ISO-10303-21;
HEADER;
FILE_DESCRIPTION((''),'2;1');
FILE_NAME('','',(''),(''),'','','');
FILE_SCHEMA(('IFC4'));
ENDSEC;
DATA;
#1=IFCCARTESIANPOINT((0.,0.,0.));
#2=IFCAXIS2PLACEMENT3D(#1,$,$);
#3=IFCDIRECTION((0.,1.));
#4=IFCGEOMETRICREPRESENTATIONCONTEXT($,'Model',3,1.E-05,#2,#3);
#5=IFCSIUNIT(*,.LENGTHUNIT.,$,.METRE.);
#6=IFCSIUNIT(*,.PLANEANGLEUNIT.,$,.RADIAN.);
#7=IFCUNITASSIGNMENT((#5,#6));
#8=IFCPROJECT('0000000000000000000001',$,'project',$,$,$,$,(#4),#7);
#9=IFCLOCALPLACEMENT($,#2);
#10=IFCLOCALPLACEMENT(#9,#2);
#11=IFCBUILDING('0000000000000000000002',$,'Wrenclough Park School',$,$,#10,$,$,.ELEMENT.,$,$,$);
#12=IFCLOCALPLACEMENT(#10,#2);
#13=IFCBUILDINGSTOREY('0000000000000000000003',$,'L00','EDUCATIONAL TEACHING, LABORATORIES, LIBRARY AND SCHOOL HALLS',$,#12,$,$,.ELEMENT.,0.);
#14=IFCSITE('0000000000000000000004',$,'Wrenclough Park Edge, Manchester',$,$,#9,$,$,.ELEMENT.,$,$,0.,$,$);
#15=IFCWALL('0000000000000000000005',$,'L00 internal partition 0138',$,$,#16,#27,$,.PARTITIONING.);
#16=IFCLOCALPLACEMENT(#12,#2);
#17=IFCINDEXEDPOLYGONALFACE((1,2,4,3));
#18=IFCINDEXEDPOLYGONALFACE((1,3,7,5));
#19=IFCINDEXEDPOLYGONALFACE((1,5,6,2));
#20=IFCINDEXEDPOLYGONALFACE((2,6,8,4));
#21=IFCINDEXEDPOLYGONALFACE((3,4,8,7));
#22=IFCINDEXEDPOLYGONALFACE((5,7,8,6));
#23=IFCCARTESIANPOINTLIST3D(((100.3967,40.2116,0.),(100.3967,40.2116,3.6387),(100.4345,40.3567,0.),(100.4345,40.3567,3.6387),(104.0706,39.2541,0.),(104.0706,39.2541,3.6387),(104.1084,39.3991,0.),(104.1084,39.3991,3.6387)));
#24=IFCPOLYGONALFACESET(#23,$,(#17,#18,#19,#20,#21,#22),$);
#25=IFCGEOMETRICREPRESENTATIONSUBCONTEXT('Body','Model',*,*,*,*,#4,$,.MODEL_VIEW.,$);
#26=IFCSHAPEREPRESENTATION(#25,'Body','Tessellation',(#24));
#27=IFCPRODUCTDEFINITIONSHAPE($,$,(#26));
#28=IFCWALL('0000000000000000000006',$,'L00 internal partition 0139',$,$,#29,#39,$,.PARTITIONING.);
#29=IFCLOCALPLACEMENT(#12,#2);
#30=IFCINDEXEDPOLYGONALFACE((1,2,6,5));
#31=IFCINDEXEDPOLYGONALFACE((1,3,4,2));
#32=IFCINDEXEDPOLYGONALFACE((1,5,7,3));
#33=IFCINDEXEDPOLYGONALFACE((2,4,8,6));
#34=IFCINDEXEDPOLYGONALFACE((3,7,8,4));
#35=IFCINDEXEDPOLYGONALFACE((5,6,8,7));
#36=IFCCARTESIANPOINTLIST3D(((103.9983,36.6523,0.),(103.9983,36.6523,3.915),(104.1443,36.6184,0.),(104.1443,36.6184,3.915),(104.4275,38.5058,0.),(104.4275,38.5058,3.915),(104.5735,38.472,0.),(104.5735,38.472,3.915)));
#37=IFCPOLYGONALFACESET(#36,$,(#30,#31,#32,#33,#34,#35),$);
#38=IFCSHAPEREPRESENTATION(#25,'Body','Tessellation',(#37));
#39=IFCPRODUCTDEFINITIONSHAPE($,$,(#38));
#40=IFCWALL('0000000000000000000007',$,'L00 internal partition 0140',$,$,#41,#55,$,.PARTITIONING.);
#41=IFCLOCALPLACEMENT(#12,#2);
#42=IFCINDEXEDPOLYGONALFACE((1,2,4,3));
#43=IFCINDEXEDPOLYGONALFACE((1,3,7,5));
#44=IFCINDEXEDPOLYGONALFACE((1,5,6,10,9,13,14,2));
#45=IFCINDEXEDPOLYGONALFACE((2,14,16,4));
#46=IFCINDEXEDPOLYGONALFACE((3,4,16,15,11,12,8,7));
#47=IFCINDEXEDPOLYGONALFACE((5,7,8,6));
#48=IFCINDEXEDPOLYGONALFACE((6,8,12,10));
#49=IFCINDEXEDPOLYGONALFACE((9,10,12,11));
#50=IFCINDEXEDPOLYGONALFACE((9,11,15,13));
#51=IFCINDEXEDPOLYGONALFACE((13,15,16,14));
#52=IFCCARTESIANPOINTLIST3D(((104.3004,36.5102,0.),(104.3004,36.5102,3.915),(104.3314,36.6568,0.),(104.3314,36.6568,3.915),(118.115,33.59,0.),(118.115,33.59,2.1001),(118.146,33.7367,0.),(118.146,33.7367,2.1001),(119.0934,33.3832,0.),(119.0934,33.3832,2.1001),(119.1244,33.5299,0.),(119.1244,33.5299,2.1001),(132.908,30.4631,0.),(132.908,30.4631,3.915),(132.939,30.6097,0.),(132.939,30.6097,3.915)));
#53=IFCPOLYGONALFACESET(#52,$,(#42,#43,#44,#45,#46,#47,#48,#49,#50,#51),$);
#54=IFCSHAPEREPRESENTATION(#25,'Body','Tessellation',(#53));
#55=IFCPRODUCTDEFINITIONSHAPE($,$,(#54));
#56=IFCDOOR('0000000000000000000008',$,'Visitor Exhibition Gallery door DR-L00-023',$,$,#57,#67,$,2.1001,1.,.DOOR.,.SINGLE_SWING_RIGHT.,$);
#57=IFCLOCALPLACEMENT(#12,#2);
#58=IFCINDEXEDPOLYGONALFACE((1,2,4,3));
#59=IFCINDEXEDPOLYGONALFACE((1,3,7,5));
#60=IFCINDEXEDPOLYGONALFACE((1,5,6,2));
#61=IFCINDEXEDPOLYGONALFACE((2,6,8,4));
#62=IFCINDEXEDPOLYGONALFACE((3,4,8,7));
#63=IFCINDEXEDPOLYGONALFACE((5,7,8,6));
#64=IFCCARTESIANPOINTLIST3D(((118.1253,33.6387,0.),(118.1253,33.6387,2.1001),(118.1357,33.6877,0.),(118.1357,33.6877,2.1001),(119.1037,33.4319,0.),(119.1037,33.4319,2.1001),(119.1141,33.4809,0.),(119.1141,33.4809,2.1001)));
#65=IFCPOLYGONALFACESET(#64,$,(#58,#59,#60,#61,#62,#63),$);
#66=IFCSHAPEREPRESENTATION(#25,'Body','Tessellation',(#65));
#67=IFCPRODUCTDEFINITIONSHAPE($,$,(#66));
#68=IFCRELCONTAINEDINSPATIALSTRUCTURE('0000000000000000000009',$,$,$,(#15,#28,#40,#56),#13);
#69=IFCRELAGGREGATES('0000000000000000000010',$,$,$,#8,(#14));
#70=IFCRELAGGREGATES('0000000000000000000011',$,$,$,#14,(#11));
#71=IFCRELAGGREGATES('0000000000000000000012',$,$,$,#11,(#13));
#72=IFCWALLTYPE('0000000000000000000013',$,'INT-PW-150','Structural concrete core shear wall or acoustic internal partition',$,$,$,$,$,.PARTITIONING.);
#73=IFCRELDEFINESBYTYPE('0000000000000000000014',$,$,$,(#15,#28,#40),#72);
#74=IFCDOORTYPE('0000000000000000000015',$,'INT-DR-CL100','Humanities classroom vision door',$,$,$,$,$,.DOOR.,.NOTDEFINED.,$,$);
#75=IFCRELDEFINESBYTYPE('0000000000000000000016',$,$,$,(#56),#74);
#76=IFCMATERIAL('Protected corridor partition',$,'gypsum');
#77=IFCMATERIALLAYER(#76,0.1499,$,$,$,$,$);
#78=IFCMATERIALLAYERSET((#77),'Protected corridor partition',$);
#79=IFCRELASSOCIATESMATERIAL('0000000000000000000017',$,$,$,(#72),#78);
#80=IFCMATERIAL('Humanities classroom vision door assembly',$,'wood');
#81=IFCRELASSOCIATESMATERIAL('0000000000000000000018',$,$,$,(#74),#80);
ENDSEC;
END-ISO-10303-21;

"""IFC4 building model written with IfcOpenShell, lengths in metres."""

from ifc_helpers import new_model, si_unit, direction, frame, frame_2d, origin, place, context, subcontext, project, spatial, rectangle, extrude, material, layer, layer_set, type_object, element, fill, save


model = new_model("IFC4")

# Units and contexts
model_context = context("Model", 3, precision=1e-05, world=origin(), true_north=direction((0.0, 1.0)))
body_context = subcontext(model_context, "Body", "Model", "MODEL_VIEW")
ifc_project = project(units=[si_unit("LENGTHUNIT", "METRE"), si_unit("PLANEANGLEUNIT", "RADIAN")], contexts=[model_context])

# Site, building, storey
site_placement = place(None, origin())
site = spatial("IfcSite", under=ifc_project, at=site_placement, Name="Wrenclough Park Edge, Manchester", CompositionType="ELEMENT", RefElevation=0.0)
building_placement = place(site_placement, origin())
building = spatial("IfcBuilding", under=site, at=building_placement, Name="Wrenclough Park School", CompositionType="ELEMENT")
storey_placement = place(building_placement, origin())
storey = spatial("IfcBuildingStorey", under=building, at=storey_placement, Name="L00", Description="EDUCATIONAL TEACHING, LABORATORIES, LIBRARY AND SCHOOL HALLS", CompositionType="ELEMENT", Elevation=0.0)

# Walls
ifc_material_1 = material(Name="Protected corridor partition", Category="gypsum")
ifc_layer_1 = layer(ifc_material_1, 0.1499)
ifc_layer_set_1 = layer_set([ifc_layer_1], Name="Protected corridor partition")
wall_type_1 = type_object("IfcWallType", Name="INT-PW-150", Description="Structural concrete core shear wall or acoustic internal partition", PredefinedType="PARTITIONING", material=ifc_layer_set_1)
wall_1_placement = place(storey_placement, frame((100.4155, 40.2842, 0.0), z_axis=(0.0, 0.0, 1.0), x_axis=(0.967673, -0.252207, 0.0)))
element("IfcWall", 1, at=wall_1_placement, inside=storey, type_object=wall_type_1, Name="L00 internal partition 0138", PredefinedType="PARTITIONING", context=body_context, shape_type="SweptSolid", body=[
    extrude(rectangle(XDim=3.7966, YDim=0.1499, at=frame_2d((1.8984, 0.0))), origin(), (0.0, 0.0, 1.0), 3.6387),
])
wall_2_placement = place(storey_placement, frame((104.5005, 38.4888, 0.0), z_axis=(0.0, 0.0, 1.0), x_axis=(-0.22559, -0.974222, 0.0)))
element("IfcWall", 2, at=wall_2_placement, inside=storey, type_object=wall_type_1, Name="L00 internal partition 0139", PredefinedType="PARTITIONING", context=body_context, shape_type="SweptSolid", body=[
    extrude(rectangle(XDim=1.9026, YDim=0.1499, at=frame_2d((0.9512, 0.0))), origin(), (0.0, 0.0, 1.0), 3.915),
])

# Wall, opening, door
wall_3_placement = place(storey_placement, frame((104.3159, 36.5835, 0.0), z_axis=(0.0, 0.0, 1.0), x_axis=(0.978381, -0.206811, 0.0)))
wall_3 = element("IfcWall", 3, at=wall_3_placement, inside=storey, type_object=wall_type_1, Name="L00 internal partition 0140", PredefinedType="PARTITIONING", context=body_context, shape_type="SweptSolid", body=[
    extrude(rectangle(XDim=29.2397, YDim=0.1499, at=frame_2d((14.6199, 0.0))), origin(), (0.0, 0.0, 1.0), 3.915),
])
opening_1_placement = place(wall_3_placement, frame((14.1199, 0.0, 0.0)))
opening_1 = element("IfcOpeningElement", 4, at=opening_1_placement, cuts=wall_3, PredefinedType="OPENING", context=body_context, shape_type="SweptSolid", body=[
    extrude(rectangle(XDim=1.0, YDim=2.1001, at=frame_2d((0.5, 1.05))), frame((0.0, 0.085, 0.0), z_axis=(0.0, -1.0, 0.0), x_axis=(1.0, 0.0, 0.0)), (0.0, 0.0, 1.0), 0.1699),
])
ifc_material_2 = material(Name="Humanities classroom vision door assembly", Category="wood")
door_type_1 = type_object("IfcDoorType", Name="INT-DR-CL100", Description="Humanities classroom vision door", OperationType="NOTDEFINED", PredefinedType="DOOR", material=ifc_material_2)
door_1_placement = place(opening_1_placement, origin())
door_1 = element("IfcDoor", 5, at=door_1_placement, inside=storey, type_object=door_type_1, Name="Visitor Exhibition Gallery door DR-L00-023", OperationType="SINGLE_SWING_RIGHT", OverallHeight=2.1001, OverallWidth=1.0, PredefinedType="DOOR", context=body_context, shape_type="SweptSolid", body=[
    extrude(rectangle(XDim=1.0, YDim=2.1001, at=frame_2d((0.5, 1.05))), frame((0.0, 0.0249, 0.0), z_axis=(0.0, -1.0, 0.0), x_axis=(1.0, 0.0, 0.0)), (0.0, 0.0, 1.0), 0.05),
])
fill(opening_1, door_1)

save(model, "model.ifc")
